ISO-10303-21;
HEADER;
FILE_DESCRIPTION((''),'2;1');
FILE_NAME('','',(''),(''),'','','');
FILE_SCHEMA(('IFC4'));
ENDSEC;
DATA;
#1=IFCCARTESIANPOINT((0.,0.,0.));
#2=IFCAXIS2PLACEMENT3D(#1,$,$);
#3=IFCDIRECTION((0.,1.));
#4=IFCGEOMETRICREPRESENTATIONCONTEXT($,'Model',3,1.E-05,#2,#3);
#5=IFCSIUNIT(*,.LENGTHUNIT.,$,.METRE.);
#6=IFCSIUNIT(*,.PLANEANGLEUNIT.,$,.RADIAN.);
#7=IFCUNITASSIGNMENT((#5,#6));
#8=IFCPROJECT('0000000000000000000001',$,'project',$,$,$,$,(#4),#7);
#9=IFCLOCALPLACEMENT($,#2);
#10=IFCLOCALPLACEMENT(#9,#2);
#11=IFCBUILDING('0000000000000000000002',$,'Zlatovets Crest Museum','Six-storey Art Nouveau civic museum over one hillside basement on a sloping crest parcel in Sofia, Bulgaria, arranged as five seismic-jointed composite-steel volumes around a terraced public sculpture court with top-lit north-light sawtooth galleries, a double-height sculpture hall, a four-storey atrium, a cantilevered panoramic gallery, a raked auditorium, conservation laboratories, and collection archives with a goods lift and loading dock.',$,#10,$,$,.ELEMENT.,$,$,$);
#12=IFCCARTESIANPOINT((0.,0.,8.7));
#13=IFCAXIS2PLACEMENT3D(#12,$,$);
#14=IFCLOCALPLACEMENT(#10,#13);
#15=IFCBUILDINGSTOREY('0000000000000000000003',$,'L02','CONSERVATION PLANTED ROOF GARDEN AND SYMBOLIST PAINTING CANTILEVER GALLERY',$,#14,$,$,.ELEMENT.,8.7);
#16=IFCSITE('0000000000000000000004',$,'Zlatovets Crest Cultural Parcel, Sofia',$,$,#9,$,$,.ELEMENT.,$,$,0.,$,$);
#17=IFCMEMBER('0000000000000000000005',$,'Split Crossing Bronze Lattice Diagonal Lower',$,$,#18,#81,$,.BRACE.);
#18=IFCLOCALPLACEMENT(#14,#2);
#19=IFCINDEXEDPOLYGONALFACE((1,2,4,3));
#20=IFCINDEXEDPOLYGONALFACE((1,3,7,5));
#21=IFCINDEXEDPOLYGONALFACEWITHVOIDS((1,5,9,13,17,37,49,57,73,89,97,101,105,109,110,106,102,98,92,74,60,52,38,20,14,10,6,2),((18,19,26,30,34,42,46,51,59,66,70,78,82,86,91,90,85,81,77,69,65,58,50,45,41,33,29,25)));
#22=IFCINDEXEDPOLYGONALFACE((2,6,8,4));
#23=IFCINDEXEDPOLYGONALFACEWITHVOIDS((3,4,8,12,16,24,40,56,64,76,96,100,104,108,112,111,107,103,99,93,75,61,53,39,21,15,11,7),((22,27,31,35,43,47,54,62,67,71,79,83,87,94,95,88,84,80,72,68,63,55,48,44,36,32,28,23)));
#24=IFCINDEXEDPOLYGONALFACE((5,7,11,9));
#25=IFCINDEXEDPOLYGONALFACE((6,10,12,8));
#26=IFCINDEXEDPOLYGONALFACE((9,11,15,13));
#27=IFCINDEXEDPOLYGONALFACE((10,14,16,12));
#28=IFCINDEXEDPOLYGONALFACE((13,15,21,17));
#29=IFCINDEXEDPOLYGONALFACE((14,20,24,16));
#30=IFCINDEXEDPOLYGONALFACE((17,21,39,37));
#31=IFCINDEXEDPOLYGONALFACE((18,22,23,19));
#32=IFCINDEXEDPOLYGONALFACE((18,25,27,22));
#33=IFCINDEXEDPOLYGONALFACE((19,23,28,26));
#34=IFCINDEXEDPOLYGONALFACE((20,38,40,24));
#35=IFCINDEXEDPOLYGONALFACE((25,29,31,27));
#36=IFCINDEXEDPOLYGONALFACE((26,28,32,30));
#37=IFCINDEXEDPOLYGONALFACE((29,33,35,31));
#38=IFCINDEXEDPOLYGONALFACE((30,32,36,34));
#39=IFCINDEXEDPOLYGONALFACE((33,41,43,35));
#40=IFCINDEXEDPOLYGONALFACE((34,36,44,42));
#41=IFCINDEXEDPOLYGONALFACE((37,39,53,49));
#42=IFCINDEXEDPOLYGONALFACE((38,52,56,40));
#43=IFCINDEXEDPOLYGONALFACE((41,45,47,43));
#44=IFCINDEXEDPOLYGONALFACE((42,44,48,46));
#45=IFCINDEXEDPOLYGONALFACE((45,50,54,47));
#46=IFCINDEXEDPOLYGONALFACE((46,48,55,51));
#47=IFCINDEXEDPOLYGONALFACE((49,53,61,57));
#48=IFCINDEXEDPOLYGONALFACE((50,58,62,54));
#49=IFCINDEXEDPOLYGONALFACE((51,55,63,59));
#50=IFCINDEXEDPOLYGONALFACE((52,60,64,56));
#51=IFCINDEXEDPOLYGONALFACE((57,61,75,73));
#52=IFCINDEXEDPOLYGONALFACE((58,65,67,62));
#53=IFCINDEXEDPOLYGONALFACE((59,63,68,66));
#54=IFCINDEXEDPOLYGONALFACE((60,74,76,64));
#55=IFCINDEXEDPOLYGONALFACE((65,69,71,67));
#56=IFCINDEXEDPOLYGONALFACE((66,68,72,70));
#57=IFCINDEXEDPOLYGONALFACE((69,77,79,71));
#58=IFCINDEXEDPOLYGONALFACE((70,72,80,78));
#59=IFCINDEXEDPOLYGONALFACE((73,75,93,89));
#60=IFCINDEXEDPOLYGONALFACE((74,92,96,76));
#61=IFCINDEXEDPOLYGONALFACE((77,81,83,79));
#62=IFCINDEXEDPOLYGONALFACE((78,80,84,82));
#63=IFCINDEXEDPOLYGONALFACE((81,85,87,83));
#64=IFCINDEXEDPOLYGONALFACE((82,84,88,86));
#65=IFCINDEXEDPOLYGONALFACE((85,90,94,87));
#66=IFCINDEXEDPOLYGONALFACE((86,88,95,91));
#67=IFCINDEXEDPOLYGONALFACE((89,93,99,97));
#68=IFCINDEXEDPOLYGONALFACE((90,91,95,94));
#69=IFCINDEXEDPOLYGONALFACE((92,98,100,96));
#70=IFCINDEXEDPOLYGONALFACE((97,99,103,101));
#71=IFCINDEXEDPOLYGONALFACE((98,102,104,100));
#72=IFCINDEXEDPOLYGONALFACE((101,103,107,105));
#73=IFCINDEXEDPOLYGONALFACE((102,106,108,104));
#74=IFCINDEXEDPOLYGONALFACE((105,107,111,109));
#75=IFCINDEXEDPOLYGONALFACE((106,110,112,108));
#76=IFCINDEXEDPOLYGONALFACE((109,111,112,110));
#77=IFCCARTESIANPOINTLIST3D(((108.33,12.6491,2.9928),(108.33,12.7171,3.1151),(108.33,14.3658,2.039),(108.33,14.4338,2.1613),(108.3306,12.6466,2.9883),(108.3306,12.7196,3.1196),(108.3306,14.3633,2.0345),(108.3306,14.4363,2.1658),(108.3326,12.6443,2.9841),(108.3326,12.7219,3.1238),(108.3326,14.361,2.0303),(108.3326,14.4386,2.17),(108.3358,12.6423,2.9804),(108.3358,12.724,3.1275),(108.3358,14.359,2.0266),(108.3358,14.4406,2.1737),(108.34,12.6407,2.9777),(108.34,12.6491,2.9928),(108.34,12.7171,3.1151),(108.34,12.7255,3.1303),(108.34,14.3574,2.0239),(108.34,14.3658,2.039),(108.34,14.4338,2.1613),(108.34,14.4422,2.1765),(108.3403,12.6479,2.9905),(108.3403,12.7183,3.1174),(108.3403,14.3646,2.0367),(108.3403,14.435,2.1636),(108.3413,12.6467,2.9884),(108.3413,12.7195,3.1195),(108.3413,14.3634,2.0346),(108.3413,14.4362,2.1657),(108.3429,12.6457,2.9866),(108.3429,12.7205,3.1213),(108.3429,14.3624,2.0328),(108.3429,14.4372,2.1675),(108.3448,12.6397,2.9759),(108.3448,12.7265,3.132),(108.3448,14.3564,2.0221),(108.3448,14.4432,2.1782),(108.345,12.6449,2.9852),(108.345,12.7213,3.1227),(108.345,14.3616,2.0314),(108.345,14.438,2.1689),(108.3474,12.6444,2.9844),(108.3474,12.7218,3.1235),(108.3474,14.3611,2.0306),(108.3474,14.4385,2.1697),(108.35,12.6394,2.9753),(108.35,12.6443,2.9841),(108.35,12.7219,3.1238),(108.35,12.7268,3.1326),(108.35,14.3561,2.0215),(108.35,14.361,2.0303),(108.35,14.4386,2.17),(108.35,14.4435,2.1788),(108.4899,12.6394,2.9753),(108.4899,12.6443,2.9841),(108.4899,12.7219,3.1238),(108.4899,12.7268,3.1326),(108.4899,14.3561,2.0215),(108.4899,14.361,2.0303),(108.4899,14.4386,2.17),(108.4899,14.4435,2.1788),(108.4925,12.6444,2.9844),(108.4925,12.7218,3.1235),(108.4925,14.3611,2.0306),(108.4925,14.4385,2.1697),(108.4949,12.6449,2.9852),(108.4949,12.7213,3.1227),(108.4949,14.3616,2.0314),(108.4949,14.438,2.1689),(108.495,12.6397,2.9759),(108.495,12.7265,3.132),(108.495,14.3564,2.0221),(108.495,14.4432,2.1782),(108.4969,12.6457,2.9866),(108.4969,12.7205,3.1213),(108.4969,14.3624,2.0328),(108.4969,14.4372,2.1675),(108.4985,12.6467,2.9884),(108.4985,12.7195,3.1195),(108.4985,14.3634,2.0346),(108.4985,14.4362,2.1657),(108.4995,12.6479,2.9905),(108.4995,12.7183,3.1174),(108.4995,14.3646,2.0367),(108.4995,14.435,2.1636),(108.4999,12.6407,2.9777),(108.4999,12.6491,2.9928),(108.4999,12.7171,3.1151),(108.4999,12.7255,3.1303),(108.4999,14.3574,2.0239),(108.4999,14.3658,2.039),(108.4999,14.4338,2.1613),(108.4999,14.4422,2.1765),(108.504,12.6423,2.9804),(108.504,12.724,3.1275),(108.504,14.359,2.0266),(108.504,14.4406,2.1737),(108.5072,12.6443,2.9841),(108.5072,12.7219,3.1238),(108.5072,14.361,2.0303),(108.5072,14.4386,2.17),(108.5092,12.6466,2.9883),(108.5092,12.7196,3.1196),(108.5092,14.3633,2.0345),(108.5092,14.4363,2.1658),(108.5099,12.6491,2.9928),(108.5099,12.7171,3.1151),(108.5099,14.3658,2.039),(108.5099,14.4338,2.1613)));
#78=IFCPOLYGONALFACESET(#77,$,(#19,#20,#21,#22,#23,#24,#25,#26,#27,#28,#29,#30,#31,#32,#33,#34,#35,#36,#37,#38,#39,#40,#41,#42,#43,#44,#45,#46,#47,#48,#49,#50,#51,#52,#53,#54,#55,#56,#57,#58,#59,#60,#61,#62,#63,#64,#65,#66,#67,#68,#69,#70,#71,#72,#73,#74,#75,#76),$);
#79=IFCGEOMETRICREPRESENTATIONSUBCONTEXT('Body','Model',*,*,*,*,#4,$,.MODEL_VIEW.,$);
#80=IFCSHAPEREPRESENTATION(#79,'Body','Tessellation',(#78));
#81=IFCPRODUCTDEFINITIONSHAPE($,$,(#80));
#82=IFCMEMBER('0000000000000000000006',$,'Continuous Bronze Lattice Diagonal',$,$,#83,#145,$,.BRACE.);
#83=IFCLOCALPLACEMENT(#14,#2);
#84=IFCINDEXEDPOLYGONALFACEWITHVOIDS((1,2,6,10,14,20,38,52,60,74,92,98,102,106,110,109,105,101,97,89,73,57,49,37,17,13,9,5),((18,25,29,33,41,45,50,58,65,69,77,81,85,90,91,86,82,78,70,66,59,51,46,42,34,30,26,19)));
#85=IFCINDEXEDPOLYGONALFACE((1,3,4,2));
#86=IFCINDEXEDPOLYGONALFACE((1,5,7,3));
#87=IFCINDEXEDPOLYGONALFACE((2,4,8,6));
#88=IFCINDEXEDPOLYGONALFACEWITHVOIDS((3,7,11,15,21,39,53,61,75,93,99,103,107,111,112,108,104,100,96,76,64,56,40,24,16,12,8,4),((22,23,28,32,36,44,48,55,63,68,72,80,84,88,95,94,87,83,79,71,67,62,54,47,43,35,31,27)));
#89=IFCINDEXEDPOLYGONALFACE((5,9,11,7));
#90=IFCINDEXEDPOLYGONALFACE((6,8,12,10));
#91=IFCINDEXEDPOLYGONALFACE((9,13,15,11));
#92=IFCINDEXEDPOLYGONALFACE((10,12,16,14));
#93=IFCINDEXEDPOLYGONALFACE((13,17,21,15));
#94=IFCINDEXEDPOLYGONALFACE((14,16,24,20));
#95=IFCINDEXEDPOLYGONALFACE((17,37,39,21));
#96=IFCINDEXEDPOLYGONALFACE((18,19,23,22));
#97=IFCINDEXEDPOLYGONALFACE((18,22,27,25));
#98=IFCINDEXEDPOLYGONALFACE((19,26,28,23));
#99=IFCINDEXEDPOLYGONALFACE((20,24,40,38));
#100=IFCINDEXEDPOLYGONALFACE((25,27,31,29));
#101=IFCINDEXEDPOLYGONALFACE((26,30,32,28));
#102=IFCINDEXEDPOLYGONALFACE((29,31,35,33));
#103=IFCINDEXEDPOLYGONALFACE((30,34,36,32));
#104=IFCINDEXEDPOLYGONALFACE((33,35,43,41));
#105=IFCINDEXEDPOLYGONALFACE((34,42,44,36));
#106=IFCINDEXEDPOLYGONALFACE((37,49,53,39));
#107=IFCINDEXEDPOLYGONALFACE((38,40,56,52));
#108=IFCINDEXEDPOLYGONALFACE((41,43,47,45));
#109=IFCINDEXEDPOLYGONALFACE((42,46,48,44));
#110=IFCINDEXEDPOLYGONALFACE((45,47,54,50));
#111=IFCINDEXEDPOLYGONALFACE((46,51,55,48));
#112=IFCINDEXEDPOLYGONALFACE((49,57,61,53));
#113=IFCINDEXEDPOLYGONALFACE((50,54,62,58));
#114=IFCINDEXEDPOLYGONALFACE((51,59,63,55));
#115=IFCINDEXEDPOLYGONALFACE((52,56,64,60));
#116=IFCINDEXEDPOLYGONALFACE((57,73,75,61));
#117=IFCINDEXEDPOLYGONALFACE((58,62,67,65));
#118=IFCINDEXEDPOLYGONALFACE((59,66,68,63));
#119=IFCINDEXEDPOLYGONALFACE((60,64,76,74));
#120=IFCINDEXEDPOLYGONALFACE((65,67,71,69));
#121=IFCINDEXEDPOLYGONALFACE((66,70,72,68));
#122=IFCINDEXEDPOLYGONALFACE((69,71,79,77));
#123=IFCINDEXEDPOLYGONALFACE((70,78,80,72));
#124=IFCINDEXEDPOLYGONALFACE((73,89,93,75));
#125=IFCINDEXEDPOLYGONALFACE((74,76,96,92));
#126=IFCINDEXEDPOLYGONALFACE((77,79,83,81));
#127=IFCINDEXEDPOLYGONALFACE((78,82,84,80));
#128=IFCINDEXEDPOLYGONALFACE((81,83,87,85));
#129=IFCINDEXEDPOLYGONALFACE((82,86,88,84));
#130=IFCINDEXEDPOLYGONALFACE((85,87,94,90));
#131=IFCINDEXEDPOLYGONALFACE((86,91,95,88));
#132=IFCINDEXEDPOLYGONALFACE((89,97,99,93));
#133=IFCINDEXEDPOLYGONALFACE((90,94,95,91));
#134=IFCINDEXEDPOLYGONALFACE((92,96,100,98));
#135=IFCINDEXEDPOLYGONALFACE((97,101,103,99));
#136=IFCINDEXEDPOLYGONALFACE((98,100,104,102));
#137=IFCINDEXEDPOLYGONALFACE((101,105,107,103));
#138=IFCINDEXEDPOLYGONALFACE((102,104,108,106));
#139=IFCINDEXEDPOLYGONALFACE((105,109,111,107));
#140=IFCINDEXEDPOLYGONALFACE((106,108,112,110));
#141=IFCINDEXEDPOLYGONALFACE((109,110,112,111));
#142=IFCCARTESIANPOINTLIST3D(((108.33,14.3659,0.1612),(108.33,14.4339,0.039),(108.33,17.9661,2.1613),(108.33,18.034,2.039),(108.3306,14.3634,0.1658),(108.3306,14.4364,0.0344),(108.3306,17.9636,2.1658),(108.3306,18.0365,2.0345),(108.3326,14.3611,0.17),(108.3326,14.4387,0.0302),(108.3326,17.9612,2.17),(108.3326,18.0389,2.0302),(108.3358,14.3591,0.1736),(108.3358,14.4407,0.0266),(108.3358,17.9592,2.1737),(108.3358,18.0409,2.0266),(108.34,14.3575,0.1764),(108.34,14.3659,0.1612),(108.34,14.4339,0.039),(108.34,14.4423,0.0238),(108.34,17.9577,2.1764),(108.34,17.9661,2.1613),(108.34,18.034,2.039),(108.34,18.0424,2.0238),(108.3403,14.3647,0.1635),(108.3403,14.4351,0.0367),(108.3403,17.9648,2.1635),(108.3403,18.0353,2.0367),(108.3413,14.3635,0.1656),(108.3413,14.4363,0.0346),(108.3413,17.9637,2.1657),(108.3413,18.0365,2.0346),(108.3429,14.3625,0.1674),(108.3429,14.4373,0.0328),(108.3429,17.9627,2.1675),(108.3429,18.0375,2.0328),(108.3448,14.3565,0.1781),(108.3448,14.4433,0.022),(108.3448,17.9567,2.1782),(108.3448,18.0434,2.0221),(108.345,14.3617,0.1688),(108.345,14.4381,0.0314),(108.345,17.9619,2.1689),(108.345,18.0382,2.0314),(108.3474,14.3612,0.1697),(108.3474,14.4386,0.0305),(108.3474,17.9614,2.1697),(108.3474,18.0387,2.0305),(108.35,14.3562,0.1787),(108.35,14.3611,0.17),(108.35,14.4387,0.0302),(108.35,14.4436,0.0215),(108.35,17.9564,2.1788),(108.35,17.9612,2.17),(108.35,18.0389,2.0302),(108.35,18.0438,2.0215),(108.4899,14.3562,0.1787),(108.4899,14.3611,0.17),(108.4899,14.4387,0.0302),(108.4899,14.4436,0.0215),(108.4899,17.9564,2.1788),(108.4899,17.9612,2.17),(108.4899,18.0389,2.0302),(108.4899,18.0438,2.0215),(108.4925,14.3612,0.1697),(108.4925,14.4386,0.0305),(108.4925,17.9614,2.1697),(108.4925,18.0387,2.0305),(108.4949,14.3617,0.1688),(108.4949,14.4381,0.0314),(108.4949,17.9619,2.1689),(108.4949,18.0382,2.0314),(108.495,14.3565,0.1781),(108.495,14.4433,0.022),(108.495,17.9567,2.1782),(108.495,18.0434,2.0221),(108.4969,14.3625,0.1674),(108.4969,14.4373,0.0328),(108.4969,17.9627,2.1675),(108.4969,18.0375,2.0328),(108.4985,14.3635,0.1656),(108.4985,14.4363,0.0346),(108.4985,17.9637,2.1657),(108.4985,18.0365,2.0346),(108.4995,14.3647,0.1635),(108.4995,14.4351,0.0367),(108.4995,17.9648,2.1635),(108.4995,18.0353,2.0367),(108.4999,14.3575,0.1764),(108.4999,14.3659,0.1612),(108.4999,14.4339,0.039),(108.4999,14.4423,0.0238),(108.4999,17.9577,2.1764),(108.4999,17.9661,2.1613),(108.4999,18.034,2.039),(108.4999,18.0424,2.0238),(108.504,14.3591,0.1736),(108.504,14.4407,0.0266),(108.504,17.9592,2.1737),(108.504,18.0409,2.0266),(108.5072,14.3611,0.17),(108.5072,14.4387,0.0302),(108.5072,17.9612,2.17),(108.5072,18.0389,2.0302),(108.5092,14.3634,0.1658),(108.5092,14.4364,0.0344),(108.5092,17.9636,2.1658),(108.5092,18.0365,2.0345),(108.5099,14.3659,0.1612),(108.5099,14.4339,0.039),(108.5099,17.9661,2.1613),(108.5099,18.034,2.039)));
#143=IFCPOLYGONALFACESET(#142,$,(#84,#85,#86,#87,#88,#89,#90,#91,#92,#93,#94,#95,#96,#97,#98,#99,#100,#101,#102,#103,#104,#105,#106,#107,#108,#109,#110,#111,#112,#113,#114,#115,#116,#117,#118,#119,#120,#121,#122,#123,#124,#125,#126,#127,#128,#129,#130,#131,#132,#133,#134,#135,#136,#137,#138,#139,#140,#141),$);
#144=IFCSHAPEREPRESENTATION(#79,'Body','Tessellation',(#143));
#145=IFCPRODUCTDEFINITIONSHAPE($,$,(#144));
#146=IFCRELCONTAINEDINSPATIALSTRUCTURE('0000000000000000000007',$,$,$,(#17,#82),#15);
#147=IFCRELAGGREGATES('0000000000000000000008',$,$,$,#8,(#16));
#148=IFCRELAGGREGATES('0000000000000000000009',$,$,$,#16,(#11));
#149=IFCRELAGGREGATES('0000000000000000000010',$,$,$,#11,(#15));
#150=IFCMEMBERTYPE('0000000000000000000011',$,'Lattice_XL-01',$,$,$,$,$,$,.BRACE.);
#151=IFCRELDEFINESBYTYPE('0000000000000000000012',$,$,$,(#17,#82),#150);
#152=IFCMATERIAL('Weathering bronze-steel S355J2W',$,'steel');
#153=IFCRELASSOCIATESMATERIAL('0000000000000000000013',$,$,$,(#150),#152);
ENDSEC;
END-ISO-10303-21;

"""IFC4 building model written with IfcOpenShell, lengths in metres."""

from ifc_helpers import new_model, si_unit, direction, frame, origin, origin_2d, place, context, subcontext, project, spatial, hollow_rectangle, extrude, material, material_profile, profile_set, type_object, element, save


model = new_model("IFC4")

# Units and contexts
model_context = context("Model", 3, precision=1e-05, world=origin(), true_north=direction((0.0, 1.0)))
body_context = subcontext(model_context, "Body", "Model", "MODEL_VIEW")
ifc_project = project(units=[si_unit("LENGTHUNIT", "METRE"), si_unit("PLANEANGLEUNIT", "RADIAN")], contexts=[model_context])

# Site, building, storey
site_placement = place(None, origin())
site = spatial("IfcSite", under=ifc_project, at=site_placement, Name="Zlatovets Crest Cultural Parcel, Sofia", CompositionType="ELEMENT", RefElevation=0.0)
building_placement = place(site_placement, origin())
building = spatial("IfcBuilding", under=site, at=building_placement, Name="Zlatovets Crest Museum", Description="Six-storey Art Nouveau civic museum over one hillside basement on a sloping crest parcel in Sofia, Bulgaria, arranged as five seismic-jointed composite-steel volumes around a terraced public sculpture court with top-lit north-light sawtooth galleries, a double-height sculpture hall, a four-storey atrium, a cantilevered panoramic gallery, a raked auditorium, conservation laboratories, and collection archives with a goods lift and loading dock.", CompositionType="ELEMENT")
storey_placement = place(building_placement, frame((0.0, 0.0, 8.7)))
storey = spatial("IfcBuildingStorey", under=building, at=storey_placement, Name="L02", Description="CONSERVATION PLANTED ROOF GARDEN AND SYMBOLIST PAINTING CANTILEVER GALLERY", CompositionType="ELEMENT", Elevation=8.7)

# Members
ifc_material_1 = material(Name="Weathering bronze-steel S355J2W", Category="steel")
ifc_material_profile_1 = material_profile(ifc_material_1, hollow_rectangle(XDim=0.1799, YDim=0.1799, WallThickness=0.01, InnerFilletRadius=0.01, OuterFilletRadius=0.02, at=origin_2d()), Name="SHS 180x180x10.0")
ifc_profile_set_1 = profile_set([ifc_material_profile_1], Name="Weathering bronze-steel S355J2W")
member_type_1 = type_object("IfcMemberType", Name="Lattice_XL-01", PredefinedType="BRACE", material=ifc_profile_set_1)
member_1_placement = place(storey_placement, frame((108.4199, 12.6831, 3.054), z_axis=(0.0, 0.87414, -0.485675), x_axis=(-1.0, 0.0, 0.0)))
element("IfcMember", 1, at=member_1_placement, inside=storey, type_object=member_type_1, Name="Split Crossing Bronze Lattice Diagonal Lower", PredefinedType="BRACE", context=body_context, shape_type="SweptSolid", body=[
    extrude(hollow_rectangle(XDim=0.1799, YDim=0.1799, WallThickness=0.01, InnerFilletRadius=0.01, OuterFilletRadius=0.02, at=origin_2d()), origin(), (0.0, 0.0, 1.0), 1.9639),
])
member_2_placement = place(storey_placement, frame((108.4199, 14.3999, 0.1001), z_axis=(0.0, 0.874163, 0.485633), x_axis=(-1.0, 0.0, 0.0)))
element("IfcMember", 2, at=member_2_placement, inside=storey, type_object=member_type_1, Name="Continuous Bronze Lattice Diagonal", PredefinedType="BRACE", context=body_context, shape_type="SweptSolid", body=[
    extrude(hollow_rectangle(XDim=0.1799, YDim=0.1799, WallThickness=0.01, InnerFilletRadius=0.01, OuterFilletRadius=0.02, at=origin_2d()), origin(), (0.0, 0.0, 1.0), 4.1184),
])

save(model, "model.ifc")
